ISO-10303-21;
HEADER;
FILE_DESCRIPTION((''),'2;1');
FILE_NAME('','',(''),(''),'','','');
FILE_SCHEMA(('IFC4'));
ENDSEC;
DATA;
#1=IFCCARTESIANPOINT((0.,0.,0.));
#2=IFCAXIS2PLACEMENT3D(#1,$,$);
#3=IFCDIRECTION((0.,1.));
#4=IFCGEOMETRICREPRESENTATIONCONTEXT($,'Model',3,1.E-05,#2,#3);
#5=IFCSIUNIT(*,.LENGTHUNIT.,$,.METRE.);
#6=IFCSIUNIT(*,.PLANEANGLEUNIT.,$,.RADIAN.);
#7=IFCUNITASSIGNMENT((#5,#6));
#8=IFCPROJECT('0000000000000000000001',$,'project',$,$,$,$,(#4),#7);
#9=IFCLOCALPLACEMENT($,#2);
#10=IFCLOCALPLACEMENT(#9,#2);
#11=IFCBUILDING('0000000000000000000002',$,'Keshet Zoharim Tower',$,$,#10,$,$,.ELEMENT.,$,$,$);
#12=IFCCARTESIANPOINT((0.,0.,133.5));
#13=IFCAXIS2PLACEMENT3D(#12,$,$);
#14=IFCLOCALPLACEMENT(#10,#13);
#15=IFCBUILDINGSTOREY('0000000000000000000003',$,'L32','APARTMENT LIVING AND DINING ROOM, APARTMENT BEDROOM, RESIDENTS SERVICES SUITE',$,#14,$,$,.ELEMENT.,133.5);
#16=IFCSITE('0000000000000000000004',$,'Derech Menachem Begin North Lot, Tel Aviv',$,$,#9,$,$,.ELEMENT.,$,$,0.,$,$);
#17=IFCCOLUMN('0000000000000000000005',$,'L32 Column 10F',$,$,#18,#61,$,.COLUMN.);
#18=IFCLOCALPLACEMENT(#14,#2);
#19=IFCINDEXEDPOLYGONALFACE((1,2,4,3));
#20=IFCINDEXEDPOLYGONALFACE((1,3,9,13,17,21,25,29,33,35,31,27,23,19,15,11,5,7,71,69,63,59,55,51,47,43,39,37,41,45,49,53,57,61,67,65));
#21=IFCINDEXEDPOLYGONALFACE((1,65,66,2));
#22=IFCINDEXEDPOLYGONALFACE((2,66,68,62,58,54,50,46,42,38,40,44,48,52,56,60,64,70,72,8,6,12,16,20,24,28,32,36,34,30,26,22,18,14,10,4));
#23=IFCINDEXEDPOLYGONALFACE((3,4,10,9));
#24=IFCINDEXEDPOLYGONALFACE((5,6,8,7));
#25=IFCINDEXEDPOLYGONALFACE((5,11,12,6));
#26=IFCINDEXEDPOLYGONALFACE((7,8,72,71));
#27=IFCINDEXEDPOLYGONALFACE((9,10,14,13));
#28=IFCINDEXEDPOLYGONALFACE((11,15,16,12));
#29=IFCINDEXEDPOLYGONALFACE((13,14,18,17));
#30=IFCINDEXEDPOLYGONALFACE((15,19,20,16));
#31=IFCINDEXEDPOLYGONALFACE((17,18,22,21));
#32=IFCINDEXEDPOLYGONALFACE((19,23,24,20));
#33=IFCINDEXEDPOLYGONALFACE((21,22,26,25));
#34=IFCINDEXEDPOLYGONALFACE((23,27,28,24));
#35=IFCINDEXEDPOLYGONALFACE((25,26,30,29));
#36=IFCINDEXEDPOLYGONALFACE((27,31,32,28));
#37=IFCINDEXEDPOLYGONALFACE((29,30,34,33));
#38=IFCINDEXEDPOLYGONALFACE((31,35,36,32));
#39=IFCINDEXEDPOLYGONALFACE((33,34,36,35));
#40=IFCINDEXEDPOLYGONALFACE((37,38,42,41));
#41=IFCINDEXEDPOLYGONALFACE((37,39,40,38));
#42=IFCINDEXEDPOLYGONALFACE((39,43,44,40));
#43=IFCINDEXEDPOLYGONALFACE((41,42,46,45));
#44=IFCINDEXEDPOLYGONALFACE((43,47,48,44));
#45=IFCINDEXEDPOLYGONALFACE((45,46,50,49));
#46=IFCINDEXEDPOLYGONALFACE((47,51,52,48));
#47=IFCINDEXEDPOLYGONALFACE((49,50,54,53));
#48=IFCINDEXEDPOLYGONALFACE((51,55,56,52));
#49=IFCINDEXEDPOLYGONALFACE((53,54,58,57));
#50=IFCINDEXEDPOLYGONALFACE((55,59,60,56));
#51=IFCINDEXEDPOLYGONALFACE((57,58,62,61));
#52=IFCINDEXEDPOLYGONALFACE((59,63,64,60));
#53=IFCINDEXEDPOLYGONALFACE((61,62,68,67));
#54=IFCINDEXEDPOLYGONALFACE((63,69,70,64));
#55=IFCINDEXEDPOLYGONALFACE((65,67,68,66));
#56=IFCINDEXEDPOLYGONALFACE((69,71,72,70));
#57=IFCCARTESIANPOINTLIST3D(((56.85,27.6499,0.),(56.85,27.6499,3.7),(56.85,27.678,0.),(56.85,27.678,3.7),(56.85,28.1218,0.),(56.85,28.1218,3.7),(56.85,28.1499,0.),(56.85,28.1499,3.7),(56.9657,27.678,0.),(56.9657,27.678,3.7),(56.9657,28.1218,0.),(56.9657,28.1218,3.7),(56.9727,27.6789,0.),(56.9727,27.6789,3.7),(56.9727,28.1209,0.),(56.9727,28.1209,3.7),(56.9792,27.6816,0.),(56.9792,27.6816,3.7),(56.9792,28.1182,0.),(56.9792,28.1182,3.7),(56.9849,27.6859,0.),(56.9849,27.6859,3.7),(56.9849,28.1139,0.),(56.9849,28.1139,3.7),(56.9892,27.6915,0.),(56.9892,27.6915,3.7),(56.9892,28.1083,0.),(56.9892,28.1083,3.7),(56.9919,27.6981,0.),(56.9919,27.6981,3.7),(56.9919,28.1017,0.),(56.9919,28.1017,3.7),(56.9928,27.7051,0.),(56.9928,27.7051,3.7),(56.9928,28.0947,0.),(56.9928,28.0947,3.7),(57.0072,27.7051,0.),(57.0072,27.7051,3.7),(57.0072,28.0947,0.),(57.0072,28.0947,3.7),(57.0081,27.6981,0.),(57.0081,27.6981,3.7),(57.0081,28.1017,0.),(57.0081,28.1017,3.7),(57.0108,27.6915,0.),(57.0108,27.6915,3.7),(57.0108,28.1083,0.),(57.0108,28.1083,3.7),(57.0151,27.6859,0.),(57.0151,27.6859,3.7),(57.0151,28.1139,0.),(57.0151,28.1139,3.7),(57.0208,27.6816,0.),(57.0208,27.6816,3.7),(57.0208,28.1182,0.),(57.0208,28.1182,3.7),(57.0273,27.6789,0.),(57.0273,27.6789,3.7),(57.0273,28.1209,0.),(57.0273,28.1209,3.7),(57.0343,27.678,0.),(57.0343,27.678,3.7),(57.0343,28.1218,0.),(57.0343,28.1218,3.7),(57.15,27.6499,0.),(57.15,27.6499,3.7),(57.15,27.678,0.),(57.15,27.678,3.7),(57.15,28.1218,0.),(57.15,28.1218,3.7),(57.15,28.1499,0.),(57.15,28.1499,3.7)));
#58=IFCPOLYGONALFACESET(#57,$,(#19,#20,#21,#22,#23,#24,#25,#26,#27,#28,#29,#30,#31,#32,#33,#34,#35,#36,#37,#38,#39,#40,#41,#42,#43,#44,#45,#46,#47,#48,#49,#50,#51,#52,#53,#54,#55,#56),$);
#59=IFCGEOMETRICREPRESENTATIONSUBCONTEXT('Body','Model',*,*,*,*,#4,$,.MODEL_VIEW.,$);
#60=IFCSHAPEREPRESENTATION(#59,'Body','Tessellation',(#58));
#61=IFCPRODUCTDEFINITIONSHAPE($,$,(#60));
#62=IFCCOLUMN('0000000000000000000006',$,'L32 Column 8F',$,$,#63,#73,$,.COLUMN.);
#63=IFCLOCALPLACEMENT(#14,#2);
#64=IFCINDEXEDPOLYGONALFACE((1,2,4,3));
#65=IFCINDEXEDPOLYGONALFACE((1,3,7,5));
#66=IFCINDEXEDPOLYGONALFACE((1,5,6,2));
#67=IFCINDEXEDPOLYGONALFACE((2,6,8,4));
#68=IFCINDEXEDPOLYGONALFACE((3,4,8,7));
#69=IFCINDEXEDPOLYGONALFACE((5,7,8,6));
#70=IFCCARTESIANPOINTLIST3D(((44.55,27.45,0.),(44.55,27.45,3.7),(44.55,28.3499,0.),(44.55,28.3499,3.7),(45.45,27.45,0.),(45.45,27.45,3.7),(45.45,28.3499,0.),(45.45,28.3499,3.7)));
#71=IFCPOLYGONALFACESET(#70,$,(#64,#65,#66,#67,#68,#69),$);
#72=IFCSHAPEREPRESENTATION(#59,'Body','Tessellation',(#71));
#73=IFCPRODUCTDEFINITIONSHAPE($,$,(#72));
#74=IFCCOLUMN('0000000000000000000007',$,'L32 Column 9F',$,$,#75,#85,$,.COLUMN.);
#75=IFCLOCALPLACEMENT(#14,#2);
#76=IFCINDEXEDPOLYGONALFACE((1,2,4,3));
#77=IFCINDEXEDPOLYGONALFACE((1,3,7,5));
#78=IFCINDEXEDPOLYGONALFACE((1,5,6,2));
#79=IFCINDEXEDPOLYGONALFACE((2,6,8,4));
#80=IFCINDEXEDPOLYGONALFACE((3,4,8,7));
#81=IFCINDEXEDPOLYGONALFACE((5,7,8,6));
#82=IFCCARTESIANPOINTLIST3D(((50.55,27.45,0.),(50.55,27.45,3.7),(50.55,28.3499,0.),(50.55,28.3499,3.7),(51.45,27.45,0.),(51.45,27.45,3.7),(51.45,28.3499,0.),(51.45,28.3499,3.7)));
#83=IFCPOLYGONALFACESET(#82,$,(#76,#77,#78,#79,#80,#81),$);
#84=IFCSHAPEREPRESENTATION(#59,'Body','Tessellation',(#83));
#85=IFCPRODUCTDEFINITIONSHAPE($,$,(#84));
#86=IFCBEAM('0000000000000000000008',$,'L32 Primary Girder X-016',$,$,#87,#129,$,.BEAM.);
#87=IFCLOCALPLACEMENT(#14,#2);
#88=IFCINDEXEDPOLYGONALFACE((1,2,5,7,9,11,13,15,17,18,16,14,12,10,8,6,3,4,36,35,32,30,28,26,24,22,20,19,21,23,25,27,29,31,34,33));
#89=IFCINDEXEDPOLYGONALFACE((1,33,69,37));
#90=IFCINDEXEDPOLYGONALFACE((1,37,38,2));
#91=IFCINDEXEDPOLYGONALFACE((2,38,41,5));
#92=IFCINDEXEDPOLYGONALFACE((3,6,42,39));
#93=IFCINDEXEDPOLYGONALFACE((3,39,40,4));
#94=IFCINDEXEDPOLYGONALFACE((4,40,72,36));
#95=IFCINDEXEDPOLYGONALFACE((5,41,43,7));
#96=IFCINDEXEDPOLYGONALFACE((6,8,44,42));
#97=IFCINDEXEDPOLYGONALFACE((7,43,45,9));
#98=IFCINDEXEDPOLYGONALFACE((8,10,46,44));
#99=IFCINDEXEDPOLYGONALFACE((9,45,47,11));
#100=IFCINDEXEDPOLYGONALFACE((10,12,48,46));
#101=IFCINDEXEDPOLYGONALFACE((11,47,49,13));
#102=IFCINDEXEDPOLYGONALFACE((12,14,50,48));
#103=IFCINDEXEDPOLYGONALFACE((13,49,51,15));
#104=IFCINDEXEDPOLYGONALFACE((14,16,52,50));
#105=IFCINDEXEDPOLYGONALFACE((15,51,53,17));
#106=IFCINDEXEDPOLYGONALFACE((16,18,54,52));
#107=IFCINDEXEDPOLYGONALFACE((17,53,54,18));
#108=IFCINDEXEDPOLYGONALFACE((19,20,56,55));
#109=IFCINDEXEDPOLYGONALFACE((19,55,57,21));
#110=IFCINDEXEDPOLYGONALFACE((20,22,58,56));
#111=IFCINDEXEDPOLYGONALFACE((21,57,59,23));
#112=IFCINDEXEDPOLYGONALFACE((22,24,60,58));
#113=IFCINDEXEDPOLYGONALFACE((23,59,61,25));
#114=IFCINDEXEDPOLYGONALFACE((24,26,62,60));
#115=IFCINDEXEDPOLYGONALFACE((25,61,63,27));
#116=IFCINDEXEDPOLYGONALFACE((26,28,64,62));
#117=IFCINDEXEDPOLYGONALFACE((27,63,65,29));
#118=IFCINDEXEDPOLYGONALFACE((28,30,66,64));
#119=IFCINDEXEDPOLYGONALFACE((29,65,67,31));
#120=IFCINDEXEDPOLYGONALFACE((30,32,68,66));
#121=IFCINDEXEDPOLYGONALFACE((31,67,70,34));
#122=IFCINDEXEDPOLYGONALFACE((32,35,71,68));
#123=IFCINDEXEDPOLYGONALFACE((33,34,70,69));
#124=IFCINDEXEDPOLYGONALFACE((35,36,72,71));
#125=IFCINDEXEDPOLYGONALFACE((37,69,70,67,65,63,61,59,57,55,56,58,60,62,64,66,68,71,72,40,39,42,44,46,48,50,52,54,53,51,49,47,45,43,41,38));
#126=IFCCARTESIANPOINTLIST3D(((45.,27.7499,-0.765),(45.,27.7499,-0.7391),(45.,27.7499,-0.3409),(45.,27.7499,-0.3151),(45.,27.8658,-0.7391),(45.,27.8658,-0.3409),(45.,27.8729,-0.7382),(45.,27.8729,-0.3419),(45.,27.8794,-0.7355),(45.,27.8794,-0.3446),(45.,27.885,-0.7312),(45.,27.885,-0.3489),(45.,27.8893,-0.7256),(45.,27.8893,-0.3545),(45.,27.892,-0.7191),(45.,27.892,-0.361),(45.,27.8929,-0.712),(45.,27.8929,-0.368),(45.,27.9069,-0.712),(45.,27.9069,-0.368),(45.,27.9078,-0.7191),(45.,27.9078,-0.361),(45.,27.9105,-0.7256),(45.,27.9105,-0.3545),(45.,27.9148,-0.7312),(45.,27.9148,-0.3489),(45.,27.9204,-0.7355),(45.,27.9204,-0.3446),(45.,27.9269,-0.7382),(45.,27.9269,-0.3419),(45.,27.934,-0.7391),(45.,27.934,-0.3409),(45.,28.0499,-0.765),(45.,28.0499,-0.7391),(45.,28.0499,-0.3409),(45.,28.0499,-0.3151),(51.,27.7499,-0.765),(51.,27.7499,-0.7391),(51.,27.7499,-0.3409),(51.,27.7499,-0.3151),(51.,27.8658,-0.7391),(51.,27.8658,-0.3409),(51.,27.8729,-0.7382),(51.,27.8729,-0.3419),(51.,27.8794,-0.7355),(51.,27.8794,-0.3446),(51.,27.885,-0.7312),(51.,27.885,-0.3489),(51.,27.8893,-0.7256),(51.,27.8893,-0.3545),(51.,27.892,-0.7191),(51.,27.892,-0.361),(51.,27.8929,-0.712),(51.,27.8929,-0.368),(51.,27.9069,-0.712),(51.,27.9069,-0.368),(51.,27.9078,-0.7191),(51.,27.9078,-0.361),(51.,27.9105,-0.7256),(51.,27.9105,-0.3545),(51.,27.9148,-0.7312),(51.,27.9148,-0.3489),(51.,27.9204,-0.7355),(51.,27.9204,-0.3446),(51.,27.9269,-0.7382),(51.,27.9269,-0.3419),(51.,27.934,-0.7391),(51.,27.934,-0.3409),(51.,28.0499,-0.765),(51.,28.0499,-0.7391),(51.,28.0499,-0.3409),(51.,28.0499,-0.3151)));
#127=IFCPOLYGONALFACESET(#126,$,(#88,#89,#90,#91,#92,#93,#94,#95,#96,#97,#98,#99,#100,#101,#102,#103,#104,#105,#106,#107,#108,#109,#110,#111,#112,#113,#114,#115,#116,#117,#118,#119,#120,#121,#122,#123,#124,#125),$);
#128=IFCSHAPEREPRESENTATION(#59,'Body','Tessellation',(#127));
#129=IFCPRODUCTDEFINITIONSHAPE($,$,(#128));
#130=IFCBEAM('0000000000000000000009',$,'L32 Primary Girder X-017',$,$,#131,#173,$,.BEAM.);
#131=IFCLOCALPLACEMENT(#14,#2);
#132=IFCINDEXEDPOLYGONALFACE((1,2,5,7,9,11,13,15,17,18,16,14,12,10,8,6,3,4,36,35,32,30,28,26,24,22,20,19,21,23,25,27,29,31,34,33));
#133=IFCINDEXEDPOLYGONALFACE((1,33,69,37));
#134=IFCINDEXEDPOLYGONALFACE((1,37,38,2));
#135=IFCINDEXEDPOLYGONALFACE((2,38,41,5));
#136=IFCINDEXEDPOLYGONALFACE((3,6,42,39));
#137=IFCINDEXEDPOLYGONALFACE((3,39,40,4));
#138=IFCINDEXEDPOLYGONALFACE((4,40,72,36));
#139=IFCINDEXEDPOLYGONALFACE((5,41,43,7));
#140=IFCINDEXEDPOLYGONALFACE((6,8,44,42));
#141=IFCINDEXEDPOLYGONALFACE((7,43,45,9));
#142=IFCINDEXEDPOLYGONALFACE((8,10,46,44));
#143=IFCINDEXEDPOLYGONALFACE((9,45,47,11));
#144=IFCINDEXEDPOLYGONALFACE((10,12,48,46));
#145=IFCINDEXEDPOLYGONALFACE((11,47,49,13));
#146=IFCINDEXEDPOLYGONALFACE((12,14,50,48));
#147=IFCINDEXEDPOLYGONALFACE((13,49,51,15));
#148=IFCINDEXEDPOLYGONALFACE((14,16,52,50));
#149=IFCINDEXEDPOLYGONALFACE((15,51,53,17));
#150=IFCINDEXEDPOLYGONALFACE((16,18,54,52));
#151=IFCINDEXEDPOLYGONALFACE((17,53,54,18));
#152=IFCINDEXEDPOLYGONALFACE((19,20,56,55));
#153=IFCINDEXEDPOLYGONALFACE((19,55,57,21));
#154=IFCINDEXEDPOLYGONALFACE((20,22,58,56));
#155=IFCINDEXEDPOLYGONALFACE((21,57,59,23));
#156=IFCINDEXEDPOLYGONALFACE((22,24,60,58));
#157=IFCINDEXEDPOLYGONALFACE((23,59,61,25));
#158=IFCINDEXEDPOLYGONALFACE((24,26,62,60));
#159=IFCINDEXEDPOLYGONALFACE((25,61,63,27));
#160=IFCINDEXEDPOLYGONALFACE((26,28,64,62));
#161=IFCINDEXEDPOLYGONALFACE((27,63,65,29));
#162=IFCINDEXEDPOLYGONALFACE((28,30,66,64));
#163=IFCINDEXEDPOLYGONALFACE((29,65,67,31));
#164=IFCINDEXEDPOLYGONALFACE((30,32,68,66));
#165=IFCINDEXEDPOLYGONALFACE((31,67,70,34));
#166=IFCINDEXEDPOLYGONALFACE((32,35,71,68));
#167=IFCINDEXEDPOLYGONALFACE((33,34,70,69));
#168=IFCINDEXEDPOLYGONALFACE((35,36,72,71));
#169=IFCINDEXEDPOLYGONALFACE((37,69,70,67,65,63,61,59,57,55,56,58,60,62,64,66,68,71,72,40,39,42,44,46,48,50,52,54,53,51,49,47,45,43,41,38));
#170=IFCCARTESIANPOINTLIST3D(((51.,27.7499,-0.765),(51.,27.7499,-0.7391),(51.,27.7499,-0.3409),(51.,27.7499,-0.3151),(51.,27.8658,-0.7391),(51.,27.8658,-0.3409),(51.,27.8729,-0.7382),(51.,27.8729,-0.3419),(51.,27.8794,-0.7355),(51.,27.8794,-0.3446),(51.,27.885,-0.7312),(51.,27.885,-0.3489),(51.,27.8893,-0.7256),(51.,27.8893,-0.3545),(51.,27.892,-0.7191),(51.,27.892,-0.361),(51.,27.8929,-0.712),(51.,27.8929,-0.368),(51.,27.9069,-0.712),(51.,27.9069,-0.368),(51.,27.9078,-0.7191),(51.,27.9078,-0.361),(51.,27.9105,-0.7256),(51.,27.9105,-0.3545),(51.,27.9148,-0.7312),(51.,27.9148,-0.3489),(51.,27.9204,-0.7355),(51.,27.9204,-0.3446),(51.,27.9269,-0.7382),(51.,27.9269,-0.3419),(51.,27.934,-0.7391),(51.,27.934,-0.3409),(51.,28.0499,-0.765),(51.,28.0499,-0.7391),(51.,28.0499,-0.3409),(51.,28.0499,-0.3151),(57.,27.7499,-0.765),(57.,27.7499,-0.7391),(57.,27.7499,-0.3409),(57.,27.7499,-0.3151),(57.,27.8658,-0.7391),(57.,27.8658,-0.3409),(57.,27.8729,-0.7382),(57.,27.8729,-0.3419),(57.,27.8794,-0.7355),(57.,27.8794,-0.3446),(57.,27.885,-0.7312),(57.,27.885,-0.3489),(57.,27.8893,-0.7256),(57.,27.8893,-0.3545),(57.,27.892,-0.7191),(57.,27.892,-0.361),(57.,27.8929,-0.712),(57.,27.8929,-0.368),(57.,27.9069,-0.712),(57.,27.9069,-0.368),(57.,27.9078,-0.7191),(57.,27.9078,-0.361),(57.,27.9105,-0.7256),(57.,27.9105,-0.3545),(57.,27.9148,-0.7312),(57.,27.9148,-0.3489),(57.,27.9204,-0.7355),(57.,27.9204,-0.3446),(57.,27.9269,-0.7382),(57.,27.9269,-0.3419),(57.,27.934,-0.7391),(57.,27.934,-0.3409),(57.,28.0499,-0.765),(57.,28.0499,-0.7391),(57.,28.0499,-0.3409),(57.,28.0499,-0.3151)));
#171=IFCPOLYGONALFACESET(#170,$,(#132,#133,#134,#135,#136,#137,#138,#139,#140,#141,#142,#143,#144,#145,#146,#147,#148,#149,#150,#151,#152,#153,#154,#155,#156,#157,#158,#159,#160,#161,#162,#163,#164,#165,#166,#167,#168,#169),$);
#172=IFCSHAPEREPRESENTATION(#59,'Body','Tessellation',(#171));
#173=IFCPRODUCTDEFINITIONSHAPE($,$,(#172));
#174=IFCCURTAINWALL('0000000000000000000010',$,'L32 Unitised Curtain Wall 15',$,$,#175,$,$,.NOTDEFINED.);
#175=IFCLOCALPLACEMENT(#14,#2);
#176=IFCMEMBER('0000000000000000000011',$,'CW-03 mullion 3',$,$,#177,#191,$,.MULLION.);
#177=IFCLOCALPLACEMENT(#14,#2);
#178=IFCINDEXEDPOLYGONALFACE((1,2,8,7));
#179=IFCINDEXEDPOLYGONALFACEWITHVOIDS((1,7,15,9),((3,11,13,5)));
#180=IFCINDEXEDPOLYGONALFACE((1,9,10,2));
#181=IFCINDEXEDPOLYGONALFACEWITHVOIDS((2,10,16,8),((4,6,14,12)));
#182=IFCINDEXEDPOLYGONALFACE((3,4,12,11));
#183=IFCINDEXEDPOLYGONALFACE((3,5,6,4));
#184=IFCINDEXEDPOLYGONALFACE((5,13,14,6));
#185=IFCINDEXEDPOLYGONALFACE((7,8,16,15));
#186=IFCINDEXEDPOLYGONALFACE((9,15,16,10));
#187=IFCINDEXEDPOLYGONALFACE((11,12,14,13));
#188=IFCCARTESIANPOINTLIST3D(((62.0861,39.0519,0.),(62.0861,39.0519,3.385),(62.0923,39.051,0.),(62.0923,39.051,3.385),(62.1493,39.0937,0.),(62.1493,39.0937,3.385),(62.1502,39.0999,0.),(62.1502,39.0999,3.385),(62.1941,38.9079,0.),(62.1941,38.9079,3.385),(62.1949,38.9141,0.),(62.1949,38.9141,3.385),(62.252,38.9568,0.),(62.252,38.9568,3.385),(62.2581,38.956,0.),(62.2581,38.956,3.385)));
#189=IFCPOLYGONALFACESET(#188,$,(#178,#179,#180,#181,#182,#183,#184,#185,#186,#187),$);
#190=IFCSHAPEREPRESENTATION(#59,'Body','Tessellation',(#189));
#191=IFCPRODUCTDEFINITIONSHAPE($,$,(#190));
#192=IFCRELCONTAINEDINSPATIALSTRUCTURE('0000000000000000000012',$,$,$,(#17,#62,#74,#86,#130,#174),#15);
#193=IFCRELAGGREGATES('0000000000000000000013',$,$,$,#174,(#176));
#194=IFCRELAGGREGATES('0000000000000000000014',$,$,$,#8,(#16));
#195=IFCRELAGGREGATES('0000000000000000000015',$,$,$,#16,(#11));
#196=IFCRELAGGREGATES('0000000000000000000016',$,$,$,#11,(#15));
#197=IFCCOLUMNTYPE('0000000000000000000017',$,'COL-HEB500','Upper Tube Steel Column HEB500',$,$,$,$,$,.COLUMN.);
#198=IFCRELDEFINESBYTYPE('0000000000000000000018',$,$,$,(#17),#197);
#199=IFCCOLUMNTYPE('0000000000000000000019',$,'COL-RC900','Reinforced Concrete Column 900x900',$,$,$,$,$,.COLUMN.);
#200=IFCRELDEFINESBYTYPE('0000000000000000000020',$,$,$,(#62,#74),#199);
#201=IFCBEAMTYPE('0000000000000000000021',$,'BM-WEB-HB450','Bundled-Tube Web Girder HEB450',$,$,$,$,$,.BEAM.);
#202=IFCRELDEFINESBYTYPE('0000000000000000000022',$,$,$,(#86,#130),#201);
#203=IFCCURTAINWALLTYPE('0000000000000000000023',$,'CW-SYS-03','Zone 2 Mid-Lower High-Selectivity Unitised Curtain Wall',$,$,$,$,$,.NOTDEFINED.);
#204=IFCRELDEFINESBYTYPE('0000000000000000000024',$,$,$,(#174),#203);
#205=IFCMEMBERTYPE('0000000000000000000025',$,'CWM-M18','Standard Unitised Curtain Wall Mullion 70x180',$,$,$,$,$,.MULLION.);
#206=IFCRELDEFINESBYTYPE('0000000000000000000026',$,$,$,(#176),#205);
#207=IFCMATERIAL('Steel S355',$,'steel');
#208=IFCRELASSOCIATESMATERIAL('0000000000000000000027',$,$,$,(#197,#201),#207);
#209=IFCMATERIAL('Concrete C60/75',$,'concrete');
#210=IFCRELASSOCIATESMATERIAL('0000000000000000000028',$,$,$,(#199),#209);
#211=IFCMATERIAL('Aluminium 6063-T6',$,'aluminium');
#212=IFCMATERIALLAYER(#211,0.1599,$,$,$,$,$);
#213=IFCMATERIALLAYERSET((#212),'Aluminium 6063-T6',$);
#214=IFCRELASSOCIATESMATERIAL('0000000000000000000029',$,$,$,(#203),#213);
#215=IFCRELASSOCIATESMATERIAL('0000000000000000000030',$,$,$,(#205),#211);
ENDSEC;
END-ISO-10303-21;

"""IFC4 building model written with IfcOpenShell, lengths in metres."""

from ifc_helpers import new_model, si_unit, direction, frame, origin, origin_2d, place, context, subcontext, project, spatial, rectangle, hollow_rectangle, i_section, extrude, material, layer, layer_set, material_profile, profile_set, type_object, element, aggregate, save


model = new_model("IFC4")

# Units and contexts
model_context = context("Model", 3, precision=1e-05, world=origin(), true_north=direction((0.0, 1.0)))
body_context = subcontext(model_context, "Body", "Model", "MODEL_VIEW")
ifc_project = project(units=[si_unit("LENGTHUNIT", "METRE"), si_unit("PLANEANGLEUNIT", "RADIAN")], contexts=[model_context])

# Site, building, storey
site_placement = place(None, origin())
site = spatial("IfcSite", under=ifc_project, at=site_placement, Name="Derech Menachem Begin North Lot, Tel Aviv", CompositionType="ELEMENT", RefElevation=0.0)
building_placement = place(site_placement, origin())
building = spatial("IfcBuilding", under=site, at=building_placement, Name="Keshet Zoharim Tower", CompositionType="ELEMENT")
storey_placement = place(building_placement, frame((0.0, 0.0, 133.5)))
storey = spatial("IfcBuildingStorey", under=building, at=storey_placement, Name="L32", Description="APARTMENT LIVING AND DINING ROOM, APARTMENT BEDROOM, RESIDENTS SERVICES SUITE", CompositionType="ELEMENT", Elevation=133.5)

# Columns
ifc_material_1 = material(Name="Steel S355", Category="steel")
ifc_material_profile_1 = material_profile(ifc_material_1, i_section(OverallWidth=0.3, OverallDepth=0.5, WebThickness=0.0144, FlangeThickness=0.0281, FilletRadius=0.0271, at=origin_2d()), Name="HEB500")
ifc_profile_set_1 = profile_set([ifc_material_profile_1], Name="Steel S355")
column_type_1 = type_object("IfcColumnType", Name="COL-HEB500", Description="Upper Tube Steel Column HEB500", PredefinedType="COLUMN", material=ifc_profile_set_1)
column_placement = place(storey_placement, frame((57.0, 27.8999, 0.0), z_axis=(0.0, 0.0, 1.0), x_axis=(1.0, 0.0, 0.0)))
element("IfcColumn", 1, at=column_placement, inside=storey, type_object=column_type_1, Name="L32 Column 10F", PredefinedType="COLUMN", context=body_context, shape_type="SweptSolid", body=[
    extrude(i_section(OverallWidth=0.3, OverallDepth=0.5, WebThickness=0.0144, FlangeThickness=0.0281, FilletRadius=0.0271, at=origin_2d()), origin(), (0.0, 0.0, 1.0), 3.7),
])
ifc_material_2 = material(Name="Concrete C60/75", Category="concrete")
ifc_material_profile_2 = material_profile(ifc_material_2, rectangle(XDim=0.8999, YDim=0.8999, at=origin_2d()), Name="RC900x900")
ifc_profile_set_2 = profile_set([ifc_material_profile_2], Name="Concrete C60/75")
column_type_2 = type_object("IfcColumnType", Name="COL-RC900", Description="Reinforced Concrete Column 900x900", PredefinedType="COLUMN", material=ifc_profile_set_2)
for number, where, z_axis, x_axis, name in (
    (2, (45.0, 27.8999, 0.0), (0.0, 0.0, 1.0), (1.0, 0.0, 0.0), "L32 Column 8F"),
    (3, (51.0, 27.8999, 0.0), (0.0, 0.0, 1.0), (1.0, 0.0, 0.0), "L32 Column 9F"),
):
    element("IfcColumn", number, at=place(storey_placement, frame(where, z_axis=z_axis, x_axis=x_axis)), inside=storey, type_object=column_type_2, Name=name, PredefinedType="COLUMN", context=body_context, shape_type="SweptSolid", body=[
        extrude(rectangle(XDim=0.8999, YDim=0.8999, at=origin_2d()), origin(), (0.0, 0.0, 1.0), 3.7),
    ])

# Beams
ifc_material_profile_3 = material_profile(ifc_material_1, i_section(OverallWidth=0.3, OverallDepth=0.45, WebThickness=0.0139, FlangeThickness=0.0259, FilletRadius=0.0271, at=origin_2d()), Name="HEB450")
ifc_profile_set_3 = profile_set([ifc_material_profile_3], Name="Steel S355")
beam_type = type_object("IfcBeamType", Name="BM-WEB-HB450", Description="Bundled-Tube Web Girder HEB450", PredefinedType="BEAM", material=ifc_profile_set_3)
for number, where, z_axis, x_axis, name in (
    (4, (45.0, 27.8999, -0.54), (1.0, 0.0, 0.0), (0.0, 1.0, 0.0), "L32 Primary Girder X-016"),
    (5, (51.0, 27.8999, -0.54), (1.0, 0.0, 0.0), (0.0, 1.0, 0.0), "L32 Primary Girder X-017"),
):
    element("IfcBeam", number, at=place(storey_placement, frame(where, z_axis=z_axis, x_axis=x_axis)), inside=storey, type_object=beam_type, Name=name, PredefinedType="BEAM", context=body_context, shape_type="SweptSolid", body=[
        extrude(i_section(OverallWidth=0.3, OverallDepth=0.45, WebThickness=0.0139, FlangeThickness=0.0259, FilletRadius=0.0271, at=origin_2d()), origin(), (0.0, 0.0, 1.0), 6.0),
    ])

# Curtain wall, member
ifc_material_3 = material(Name="Aluminium 6063-T6", Category="aluminium")
ifc_layer_1 = layer(ifc_material_3, 0.1599)
ifc_layer_set_1 = layer_set([ifc_layer_1], Name="Aluminium 6063-T6")
curtain_wall_type = type_object("IfcCurtainWallType", Name="CW-SYS-03", Description="Zone 2 Mid-Lower High-Selectivity Unitised Curtain Wall", PredefinedType="NOTDEFINED", material=ifc_layer_set_1)
curtain_wall_1_placement = place(storey_placement, origin())
curtain_wall_1 = element("IfcCurtainWall", 6, at=curtain_wall_1_placement, inside=storey, type_object=curtain_wall_type, Name="L32 Unitised Curtain Wall 15", PredefinedType="NOTDEFINED")
ifc_material_profile_4 = material_profile(ifc_material_3, hollow_rectangle(XDim=0.0801, YDim=0.1799, WallThickness=0.0044, at=origin_2d()), Name="MUL-80x180")
ifc_profile_set_4 = profile_set([ifc_material_profile_4], Name="Aluminium 6063-T6")
member_type_1 = type_object("IfcMemberType", Name="CWM-M18", Description="Standard Unitised Curtain Wall Mullion 70x180", PredefinedType="MULLION", material=ifc_profile_set_4)
member_1_placement = place(storey_placement, frame((62.1721, 39.0039, 0.0), z_axis=(0.0, 0.0, 1.0), x_axis=(0.8, 0.6, 0.0)))
member_1 = element("IfcMember", 7, at=member_1_placement, type_object=member_type_1, Name="CW-03 mullion 3", PredefinedType="MULLION", context=body_context, shape_type="SweptSolid", body=[
    extrude(hollow_rectangle(XDim=0.0801, YDim=0.1799, WallThickness=0.0044, at=origin_2d()), origin(), (0.0, 0.0, 1.0), 3.385),
])
aggregate(curtain_wall_1, [member_1])

save(model, "model.ifc")
